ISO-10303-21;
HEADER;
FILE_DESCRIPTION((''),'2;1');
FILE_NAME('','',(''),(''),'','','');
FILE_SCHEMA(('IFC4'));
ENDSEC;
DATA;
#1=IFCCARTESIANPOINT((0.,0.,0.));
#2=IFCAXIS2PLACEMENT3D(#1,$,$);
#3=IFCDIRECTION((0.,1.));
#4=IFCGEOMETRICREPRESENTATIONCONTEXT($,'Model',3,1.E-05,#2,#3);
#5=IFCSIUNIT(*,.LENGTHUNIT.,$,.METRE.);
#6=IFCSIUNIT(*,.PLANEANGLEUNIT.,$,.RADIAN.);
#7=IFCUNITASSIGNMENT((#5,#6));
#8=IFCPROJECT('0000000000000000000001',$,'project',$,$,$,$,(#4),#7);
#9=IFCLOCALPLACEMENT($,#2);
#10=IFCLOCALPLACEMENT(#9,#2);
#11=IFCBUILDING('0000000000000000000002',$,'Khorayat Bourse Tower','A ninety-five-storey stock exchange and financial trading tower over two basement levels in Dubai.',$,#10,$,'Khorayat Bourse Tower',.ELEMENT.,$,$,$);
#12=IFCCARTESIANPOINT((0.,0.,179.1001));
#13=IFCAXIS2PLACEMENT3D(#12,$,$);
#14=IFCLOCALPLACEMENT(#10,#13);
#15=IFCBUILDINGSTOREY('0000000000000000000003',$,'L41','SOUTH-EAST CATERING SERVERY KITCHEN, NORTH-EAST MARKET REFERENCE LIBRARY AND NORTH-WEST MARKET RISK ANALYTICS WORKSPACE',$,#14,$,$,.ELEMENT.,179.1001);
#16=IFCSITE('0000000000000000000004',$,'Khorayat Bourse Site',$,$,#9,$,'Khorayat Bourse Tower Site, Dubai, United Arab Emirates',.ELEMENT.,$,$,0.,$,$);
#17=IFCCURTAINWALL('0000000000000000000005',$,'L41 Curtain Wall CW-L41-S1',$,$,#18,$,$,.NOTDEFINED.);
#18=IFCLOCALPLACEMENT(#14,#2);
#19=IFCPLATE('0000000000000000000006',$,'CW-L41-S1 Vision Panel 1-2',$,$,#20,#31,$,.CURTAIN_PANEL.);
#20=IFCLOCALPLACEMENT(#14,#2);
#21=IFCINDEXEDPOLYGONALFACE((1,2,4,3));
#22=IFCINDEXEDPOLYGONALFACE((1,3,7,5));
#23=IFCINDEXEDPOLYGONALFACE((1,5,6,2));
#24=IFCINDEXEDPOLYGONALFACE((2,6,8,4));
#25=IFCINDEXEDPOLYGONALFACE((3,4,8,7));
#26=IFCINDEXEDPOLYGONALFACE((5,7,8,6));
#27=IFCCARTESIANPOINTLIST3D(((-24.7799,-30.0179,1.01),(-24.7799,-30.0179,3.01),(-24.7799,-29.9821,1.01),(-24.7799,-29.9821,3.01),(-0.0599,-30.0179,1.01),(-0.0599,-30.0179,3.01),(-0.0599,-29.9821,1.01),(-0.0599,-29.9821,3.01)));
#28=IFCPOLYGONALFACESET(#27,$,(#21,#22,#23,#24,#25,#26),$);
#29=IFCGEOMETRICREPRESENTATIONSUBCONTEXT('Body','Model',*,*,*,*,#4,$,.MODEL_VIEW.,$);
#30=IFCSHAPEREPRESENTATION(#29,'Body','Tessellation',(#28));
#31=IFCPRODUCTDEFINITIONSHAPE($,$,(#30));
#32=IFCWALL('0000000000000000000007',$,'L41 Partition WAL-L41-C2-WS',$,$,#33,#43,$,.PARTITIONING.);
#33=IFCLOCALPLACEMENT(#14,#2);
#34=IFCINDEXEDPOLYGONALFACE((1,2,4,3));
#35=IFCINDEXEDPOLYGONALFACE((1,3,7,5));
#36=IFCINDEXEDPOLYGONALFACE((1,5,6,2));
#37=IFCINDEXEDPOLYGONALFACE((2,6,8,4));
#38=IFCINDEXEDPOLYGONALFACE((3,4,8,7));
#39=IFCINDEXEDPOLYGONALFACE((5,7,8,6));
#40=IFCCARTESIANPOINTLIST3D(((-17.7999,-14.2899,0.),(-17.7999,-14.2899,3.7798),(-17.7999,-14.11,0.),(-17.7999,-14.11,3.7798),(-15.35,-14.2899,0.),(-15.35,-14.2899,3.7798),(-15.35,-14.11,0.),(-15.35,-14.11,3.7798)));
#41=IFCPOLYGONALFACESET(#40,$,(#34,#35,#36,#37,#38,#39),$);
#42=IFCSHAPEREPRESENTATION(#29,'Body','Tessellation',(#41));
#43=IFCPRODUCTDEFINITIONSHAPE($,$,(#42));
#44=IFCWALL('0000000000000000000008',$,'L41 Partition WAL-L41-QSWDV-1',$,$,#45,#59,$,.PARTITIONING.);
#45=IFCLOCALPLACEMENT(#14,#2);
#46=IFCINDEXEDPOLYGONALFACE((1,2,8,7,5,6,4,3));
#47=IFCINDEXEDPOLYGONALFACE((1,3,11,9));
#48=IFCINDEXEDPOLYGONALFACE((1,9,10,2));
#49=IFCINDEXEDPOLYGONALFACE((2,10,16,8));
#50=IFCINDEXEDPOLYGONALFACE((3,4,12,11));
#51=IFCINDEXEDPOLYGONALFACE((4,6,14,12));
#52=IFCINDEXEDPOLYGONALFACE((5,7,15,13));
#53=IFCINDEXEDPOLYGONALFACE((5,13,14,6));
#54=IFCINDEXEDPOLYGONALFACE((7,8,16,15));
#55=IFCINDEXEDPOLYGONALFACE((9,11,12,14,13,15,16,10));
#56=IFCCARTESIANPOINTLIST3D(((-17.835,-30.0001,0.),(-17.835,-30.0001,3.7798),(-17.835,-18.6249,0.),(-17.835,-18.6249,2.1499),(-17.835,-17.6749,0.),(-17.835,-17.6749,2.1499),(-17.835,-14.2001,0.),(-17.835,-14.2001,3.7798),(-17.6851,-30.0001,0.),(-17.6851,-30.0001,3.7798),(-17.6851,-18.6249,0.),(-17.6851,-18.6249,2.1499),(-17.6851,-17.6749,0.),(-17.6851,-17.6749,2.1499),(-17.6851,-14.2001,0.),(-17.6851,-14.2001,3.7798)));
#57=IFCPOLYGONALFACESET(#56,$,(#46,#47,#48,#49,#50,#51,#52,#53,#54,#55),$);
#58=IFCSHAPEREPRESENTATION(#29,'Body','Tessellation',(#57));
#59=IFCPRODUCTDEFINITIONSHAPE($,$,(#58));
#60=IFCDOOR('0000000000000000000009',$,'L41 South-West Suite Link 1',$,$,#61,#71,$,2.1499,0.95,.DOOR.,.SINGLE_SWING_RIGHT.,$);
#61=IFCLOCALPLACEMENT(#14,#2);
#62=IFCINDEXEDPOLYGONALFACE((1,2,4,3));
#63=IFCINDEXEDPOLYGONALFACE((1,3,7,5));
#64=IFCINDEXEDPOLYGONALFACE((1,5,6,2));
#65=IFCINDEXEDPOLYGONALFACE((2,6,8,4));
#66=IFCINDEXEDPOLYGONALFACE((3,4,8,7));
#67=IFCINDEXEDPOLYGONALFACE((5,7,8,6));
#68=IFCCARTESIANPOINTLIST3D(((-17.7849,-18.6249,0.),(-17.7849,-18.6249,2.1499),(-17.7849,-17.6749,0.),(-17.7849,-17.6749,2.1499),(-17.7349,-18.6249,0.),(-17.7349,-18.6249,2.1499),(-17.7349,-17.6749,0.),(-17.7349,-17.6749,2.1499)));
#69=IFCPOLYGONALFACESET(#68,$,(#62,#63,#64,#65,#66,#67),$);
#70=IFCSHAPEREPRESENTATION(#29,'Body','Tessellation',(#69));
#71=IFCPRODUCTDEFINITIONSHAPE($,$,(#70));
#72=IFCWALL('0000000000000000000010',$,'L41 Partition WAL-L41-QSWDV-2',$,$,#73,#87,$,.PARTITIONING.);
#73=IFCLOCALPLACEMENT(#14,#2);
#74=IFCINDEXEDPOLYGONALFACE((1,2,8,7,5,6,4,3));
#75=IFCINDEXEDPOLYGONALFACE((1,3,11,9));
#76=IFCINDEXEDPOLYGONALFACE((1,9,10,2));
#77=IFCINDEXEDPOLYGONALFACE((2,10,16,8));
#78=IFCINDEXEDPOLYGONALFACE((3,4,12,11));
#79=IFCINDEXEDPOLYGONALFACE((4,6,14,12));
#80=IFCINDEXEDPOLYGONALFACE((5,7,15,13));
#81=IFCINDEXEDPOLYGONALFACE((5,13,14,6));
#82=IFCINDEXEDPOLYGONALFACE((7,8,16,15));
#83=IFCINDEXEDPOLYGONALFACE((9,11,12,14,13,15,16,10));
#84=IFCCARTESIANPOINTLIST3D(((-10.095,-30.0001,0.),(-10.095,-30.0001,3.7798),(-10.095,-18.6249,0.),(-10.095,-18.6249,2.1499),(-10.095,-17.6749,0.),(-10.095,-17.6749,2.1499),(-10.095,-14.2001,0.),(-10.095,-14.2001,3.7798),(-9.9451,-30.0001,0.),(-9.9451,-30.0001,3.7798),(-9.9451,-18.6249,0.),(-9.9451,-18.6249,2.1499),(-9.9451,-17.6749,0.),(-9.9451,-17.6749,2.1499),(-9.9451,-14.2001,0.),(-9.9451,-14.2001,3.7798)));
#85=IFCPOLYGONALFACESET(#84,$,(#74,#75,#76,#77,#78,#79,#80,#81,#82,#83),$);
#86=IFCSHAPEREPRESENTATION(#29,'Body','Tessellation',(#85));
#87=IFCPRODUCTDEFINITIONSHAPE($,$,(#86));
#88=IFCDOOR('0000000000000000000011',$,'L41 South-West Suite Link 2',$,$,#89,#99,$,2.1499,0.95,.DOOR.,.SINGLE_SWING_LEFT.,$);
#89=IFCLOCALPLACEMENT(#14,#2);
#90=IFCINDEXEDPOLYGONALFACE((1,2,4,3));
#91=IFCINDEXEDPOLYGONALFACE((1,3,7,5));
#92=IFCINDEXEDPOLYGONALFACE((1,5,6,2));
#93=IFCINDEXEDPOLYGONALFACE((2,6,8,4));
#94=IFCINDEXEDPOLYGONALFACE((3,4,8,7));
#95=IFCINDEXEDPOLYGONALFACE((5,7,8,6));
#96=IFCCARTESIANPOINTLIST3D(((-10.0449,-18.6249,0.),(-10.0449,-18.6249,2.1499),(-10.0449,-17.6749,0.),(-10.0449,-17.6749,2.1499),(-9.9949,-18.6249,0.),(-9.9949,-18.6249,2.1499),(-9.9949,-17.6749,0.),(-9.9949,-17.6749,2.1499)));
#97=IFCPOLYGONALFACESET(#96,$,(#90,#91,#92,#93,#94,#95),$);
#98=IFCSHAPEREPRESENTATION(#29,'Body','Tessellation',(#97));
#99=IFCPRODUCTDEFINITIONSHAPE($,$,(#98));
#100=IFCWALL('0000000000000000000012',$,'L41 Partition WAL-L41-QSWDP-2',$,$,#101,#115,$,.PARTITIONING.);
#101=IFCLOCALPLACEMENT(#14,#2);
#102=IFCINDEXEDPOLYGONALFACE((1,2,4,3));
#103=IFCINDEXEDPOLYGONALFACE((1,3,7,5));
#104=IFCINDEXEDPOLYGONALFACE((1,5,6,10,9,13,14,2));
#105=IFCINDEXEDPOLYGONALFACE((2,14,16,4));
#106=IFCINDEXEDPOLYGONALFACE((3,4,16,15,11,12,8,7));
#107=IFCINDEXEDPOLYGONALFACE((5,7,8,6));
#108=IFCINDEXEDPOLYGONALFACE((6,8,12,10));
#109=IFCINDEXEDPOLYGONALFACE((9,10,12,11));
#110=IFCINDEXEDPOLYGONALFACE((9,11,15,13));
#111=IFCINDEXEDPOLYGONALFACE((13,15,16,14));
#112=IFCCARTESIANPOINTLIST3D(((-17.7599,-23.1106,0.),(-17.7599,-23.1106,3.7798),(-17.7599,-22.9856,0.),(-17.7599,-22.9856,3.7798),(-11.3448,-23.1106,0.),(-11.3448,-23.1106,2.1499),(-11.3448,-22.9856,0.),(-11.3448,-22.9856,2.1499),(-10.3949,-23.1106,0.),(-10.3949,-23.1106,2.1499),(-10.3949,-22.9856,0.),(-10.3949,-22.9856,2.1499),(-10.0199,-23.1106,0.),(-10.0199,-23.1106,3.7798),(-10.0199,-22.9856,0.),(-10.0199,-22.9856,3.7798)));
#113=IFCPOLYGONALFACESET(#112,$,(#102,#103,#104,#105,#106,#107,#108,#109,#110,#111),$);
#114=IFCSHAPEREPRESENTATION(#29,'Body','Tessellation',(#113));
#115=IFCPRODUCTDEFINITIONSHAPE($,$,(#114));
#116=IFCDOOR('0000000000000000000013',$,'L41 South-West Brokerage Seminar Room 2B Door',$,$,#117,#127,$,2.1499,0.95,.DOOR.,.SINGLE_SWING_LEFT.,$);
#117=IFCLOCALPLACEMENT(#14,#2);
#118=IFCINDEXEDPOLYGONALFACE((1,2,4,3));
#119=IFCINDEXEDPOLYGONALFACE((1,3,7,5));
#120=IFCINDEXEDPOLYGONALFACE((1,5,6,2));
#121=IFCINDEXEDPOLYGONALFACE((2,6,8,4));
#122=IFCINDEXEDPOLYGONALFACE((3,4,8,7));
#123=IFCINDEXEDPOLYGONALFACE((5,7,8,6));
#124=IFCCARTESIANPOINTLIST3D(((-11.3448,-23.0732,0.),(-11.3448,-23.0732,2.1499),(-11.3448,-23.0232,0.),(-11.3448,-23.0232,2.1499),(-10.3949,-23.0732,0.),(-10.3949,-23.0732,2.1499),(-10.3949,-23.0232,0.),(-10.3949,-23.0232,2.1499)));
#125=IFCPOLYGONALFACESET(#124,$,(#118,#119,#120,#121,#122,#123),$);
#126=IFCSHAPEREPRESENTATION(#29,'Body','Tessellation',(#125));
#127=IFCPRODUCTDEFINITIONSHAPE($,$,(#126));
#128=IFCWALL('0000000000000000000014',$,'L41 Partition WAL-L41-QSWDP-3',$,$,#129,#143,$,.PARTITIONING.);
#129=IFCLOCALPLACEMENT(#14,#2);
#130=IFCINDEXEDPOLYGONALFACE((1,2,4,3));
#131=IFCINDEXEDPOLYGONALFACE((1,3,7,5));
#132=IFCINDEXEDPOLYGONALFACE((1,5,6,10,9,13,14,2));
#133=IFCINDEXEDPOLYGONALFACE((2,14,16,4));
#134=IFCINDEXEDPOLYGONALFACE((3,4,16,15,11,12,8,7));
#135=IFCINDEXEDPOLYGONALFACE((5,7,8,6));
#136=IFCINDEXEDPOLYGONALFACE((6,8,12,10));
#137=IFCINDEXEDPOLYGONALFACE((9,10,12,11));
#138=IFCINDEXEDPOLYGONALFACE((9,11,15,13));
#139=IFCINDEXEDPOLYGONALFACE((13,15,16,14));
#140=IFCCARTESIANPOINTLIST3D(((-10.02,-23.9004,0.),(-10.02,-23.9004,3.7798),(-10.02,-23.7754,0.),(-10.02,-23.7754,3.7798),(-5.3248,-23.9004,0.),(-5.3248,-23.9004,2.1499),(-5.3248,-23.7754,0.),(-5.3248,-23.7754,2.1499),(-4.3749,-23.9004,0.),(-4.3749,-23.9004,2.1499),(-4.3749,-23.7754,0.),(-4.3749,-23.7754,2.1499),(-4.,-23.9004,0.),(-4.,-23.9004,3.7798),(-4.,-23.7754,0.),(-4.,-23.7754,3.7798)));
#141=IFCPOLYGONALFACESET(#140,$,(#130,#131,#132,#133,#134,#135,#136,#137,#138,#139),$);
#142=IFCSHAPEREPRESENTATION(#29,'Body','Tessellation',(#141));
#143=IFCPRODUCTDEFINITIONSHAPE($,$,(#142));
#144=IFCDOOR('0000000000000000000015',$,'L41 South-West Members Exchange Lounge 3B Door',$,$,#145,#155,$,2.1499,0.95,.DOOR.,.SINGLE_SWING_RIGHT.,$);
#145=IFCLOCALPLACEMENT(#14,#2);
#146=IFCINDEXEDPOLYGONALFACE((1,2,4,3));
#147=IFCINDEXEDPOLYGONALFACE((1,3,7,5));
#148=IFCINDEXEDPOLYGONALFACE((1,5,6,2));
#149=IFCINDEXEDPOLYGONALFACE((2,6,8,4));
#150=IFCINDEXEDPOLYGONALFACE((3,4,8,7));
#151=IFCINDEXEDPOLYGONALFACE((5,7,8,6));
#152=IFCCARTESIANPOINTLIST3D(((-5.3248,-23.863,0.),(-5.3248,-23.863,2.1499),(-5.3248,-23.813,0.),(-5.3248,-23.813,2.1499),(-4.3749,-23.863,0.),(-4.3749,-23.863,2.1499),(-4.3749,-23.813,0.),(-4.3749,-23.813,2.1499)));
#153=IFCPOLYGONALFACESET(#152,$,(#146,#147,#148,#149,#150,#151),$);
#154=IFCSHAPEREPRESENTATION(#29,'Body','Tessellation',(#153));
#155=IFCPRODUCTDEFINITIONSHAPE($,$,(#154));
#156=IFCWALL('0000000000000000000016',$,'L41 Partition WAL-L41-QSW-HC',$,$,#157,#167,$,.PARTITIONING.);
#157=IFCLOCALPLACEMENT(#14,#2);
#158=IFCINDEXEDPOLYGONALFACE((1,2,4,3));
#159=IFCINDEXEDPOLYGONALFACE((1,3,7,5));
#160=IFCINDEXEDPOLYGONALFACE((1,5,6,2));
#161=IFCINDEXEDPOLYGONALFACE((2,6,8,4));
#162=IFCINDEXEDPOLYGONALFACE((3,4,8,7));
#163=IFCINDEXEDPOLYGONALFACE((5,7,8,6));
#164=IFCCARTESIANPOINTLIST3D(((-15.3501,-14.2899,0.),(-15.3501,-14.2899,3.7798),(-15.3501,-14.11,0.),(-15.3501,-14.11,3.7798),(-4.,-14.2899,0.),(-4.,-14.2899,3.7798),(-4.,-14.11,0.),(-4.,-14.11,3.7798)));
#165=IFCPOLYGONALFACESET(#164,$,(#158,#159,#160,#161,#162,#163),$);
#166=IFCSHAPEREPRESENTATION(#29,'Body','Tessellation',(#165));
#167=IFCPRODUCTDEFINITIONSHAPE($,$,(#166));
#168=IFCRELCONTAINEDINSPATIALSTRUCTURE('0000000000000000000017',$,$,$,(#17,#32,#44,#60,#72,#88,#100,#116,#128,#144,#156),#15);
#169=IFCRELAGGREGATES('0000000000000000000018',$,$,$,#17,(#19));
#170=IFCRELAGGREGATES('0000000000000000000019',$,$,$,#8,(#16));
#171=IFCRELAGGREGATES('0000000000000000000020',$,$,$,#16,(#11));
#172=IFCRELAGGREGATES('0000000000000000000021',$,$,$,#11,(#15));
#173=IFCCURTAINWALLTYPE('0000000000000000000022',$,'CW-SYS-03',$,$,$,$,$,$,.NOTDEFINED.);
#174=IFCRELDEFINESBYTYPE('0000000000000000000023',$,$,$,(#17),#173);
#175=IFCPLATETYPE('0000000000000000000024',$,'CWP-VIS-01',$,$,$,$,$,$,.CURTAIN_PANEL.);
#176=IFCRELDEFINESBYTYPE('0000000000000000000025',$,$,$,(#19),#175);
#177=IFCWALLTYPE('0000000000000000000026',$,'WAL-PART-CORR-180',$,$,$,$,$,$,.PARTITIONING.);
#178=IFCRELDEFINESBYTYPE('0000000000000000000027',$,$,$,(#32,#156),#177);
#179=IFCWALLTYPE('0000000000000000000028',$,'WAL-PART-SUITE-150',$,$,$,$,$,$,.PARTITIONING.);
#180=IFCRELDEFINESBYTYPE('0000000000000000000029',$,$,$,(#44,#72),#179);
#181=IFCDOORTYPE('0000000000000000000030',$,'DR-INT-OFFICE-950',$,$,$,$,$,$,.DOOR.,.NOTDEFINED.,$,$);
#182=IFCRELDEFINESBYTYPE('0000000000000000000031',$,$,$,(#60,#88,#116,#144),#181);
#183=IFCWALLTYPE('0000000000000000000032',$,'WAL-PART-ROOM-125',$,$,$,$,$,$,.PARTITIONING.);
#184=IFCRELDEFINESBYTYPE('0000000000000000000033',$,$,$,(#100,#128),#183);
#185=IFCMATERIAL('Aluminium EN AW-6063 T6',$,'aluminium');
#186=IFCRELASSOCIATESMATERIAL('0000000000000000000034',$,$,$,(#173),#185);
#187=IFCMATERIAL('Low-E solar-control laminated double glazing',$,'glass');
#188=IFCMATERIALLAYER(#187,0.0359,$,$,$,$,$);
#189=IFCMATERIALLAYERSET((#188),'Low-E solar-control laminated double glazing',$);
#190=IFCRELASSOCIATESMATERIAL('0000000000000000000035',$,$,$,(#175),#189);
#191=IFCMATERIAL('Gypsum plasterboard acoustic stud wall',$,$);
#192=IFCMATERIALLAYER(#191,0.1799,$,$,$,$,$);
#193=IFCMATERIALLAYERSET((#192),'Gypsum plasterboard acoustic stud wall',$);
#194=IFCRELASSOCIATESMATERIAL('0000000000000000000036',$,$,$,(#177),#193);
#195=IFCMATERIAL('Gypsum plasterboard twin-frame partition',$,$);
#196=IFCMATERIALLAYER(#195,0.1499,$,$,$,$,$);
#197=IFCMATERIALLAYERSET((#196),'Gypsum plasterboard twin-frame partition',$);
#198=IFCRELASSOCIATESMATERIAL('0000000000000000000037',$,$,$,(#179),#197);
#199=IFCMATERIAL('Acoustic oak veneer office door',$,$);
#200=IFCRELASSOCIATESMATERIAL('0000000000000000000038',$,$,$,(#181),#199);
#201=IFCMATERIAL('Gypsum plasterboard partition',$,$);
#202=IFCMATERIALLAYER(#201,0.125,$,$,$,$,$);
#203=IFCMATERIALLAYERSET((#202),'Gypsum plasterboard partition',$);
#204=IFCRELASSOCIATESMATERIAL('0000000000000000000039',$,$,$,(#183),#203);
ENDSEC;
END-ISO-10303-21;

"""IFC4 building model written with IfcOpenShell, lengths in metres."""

from ifc_helpers import new_model, si_unit, direction, frame, frame_2d, origin, origin_2d, place, context, subcontext, project, spatial, rectangle, extrude, source, transform, mapped, material, layer, layer_set, type_object, element, fill, aggregate, save


model = new_model("IFC4")

# Units and contexts
model_context = context("Model", 3, precision=1e-05, world=origin(), true_north=direction((0.0, 1.0)))
body_context = subcontext(model_context, "Body", "Model", "MODEL_VIEW")
ifc_project = project(units=[si_unit("LENGTHUNIT", "METRE"), si_unit("PLANEANGLEUNIT", "RADIAN")], contexts=[model_context])

# Site, building, storey
site_placement = place(None, origin())
site = spatial("IfcSite", under=ifc_project, at=site_placement, Name="Khorayat Bourse Site", LongName="Khorayat Bourse Tower Site, Dubai, United Arab Emirates", CompositionType="ELEMENT", RefElevation=0.0)
building_placement = place(site_placement, origin())
building = spatial("IfcBuilding", under=site, at=building_placement, Name="Khorayat Bourse Tower", Description="A ninety-five-storey stock exchange and financial trading tower over two basement levels in Dubai.", LongName="Khorayat Bourse Tower", CompositionType="ELEMENT")
storey_placement = place(building_placement, frame((0.0, 0.0, 179.1001)))
storey = spatial("IfcBuildingStorey", under=building, at=storey_placement, Name="L41", Description="SOUTH-EAST CATERING SERVERY KITCHEN, NORTH-EAST MARKET REFERENCE LIBRARY AND NORTH-WEST MARKET RISK ANALYTICS WORKSPACE", CompositionType="ELEMENT", Elevation=179.1001)

# Curtain wall
ifc_material_1 = material(Name="Aluminium EN AW-6063 T6", Category="aluminium")
curtain_wall_type = type_object("IfcCurtainWallType", Name="CW-SYS-03", PredefinedType="NOTDEFINED", material=ifc_material_1)
curtain_wall_placement = place(storey_placement, origin())
curtain_wall = element("IfcCurtainWall", 1, at=curtain_wall_placement, inside=storey, type_object=curtain_wall_type, Name="L41 Curtain Wall CW-L41-S1", PredefinedType="NOTDEFINED")

# Plate
ifc_material_2 = material(Name="Low-E solar-control laminated double glazing", Category="glass")
ifc_layer_1 = layer(ifc_material_2, 0.0359)
ifc_layer_set_1 = layer_set([ifc_layer_1], Name="Low-E solar-control laminated double glazing")
plate_type_1 = type_object("IfcPlateType", Name="CWP-VIS-01", PredefinedType="CURTAIN_PANEL", material=ifc_layer_set_1)
shared_shape_1 = source(origin(), body_context, "Body", "SweptSolid", [
    extrude(rectangle(XDim=24.72, YDim=0.0359, at=origin_2d()), origin(), (0.0, 0.0, 1.0), 2.0),
])
plate_1_placement = place(storey_placement, frame((-12.4199, -30.0, 1.01), z_axis=(0.0, 0.0, 1.0), x_axis=(1.0, 0.0, 0.0)))
plate_1 = element("IfcPlate", 2, at=plate_1_placement, type_object=plate_type_1, Name="CW-L41-S1 Vision Panel 1-2", PredefinedType="CURTAIN_PANEL", context=body_context, shape_type="MappedRepresentation", body=[
    mapped(shared_shape_1, transform((0.0, 0.0, 0.0), scale=1.0)),
])
aggregate(curtain_wall, [plate_1])

# Wall
ifc_material_3 = material(Name="Gypsum plasterboard acoustic stud wall")
ifc_layer_2 = layer(ifc_material_3, 0.1799)
ifc_layer_set_2 = layer_set([ifc_layer_2], Name="Gypsum plasterboard acoustic stud wall")
wall_type_1 = type_object("IfcWallType", Name="WAL-PART-CORR-180", PredefinedType="PARTITIONING", material=ifc_layer_set_2)
shared_shape_2 = source(origin(), body_context, "Body", "SweptSolid", [
    extrude(rectangle(XDim=2.45, YDim=0.1799, at=frame_2d((1.2251, 0.0))), origin(), (0.0, 0.0, 1.0), 3.7798),
])
wall_1_placement = place(storey_placement, frame((-17.8, -14.2, 0.0), z_axis=(0.0, 0.0, 1.0), x_axis=(1.0, 0.0, 0.0)))
element("IfcWall", 3, at=wall_1_placement, inside=storey, type_object=wall_type_1, Name="L41 Partition WAL-L41-C2-WS", PredefinedType="PARTITIONING", context=body_context, shape_type="MappedRepresentation", body=[
    mapped(shared_shape_2, transform((0.0, 0.0, 0.0), scale=1.0)),
])

# Walls, openings, doors
ifc_material_4 = material(Name="Gypsum plasterboard twin-frame partition")
ifc_layer_3 = layer(ifc_material_4, 0.1499)
ifc_layer_set_3 = layer_set([ifc_layer_3], Name="Gypsum plasterboard twin-frame partition")
wall_type_2 = type_object("IfcWallType", Name="WAL-PART-SUITE-150", PredefinedType="PARTITIONING", material=ifc_layer_set_3)
shared_shape_3 = source(origin(), body_context, "Body", "SweptSolid", [
    extrude(rectangle(XDim=15.8, YDim=0.1499, at=frame_2d((7.8999, 0.0))), origin(), (0.0, 0.0, 1.0), 3.7798),
])
wall_2_placement = place(storey_placement, frame((-17.76, -30.0, 0.0), z_axis=(0.0, 0.0, 1.0), x_axis=(0.0, 1.0, 0.0)))
wall_2 = element("IfcWall", 4, at=wall_2_placement, inside=storey, type_object=wall_type_2, Name="L41 Partition WAL-L41-QSWDV-1", PredefinedType="PARTITIONING", context=body_context, shape_type="MappedRepresentation", body=[
    mapped(shared_shape_3, transform((0.0, 0.0, 0.0), scale=1.0)),
])
shared_shape_4 = source(origin(), body_context, "Body", "SweptSolid", [
    extrude(rectangle(XDim=0.95, YDim=2.1499, at=frame_2d((0.4751, 1.075))), frame((0.0, 0.085, 0.0), z_axis=(0.0, -1.0, 0.0), x_axis=(1.0, 0.0, 0.0)), (0.0, 0.0, 1.0), 0.1699),
])
opening_1_placement = place(wall_2_placement, frame((11.375, 0.0, 0.0)))
opening_1 = element("IfcOpeningElement", 5, at=opening_1_placement, cuts=wall_2, PredefinedType="OPENING", context=body_context, shape_type="MappedRepresentation", body=[
    mapped(shared_shape_4, transform((0.0, 0.0, 0.0), scale=1.0)),
])
ifc_material_5 = material(Name="Acoustic oak veneer office door")
door_type = type_object("IfcDoorType", Name="DR-INT-OFFICE-950", OperationType="NOTDEFINED", PredefinedType="DOOR", material=ifc_material_5)
shared_shape_5 = source(origin(), body_context, "Body", "SweptSolid", [
    extrude(rectangle(XDim=0.95, YDim=2.1499, at=frame_2d((0.4751, 1.075))), frame((0.0, 0.0249, 0.0), z_axis=(0.0, -1.0, 0.0), x_axis=(1.0, 0.0, 0.0)), (0.0, 0.0, 1.0), 0.05),
])
door_1_placement = place(opening_1_placement, origin())
door_1 = element("IfcDoor", 6, at=door_1_placement, inside=storey, type_object=door_type, Name="L41 South-West Suite Link 1", OperationType="SINGLE_SWING_RIGHT", OverallHeight=2.1499, OverallWidth=0.95, PredefinedType="DOOR", context=body_context, shape_type="MappedRepresentation", body=[
    mapped(shared_shape_5, transform((0.0, 0.0, 0.0), scale=1.0)),
])
fill(opening_1, door_1)
wall_3_placement = place(storey_placement, frame((-10.02, -30.0, 0.0), z_axis=(0.0, 0.0, 1.0), x_axis=(0.0, 1.0, 0.0)))
wall_3 = element("IfcWall", 7, at=wall_3_placement, inside=storey, type_object=wall_type_2, Name="L41 Partition WAL-L41-QSWDV-2", PredefinedType="PARTITIONING", context=body_context, shape_type="MappedRepresentation", body=[
    mapped(shared_shape_3, transform((0.0, 0.0, 0.0), scale=1.0)),
])
opening_2_placement = place(wall_3_placement, frame((11.375, 0.0, 0.0)))
opening_2 = element("IfcOpeningElement", 8, at=opening_2_placement, cuts=wall_3, PredefinedType="OPENING", context=body_context, shape_type="MappedRepresentation", body=[
    mapped(shared_shape_4, transform((0.0, 0.0, 0.0), scale=1.0)),
])
door_2_placement = place(opening_2_placement, origin())
door_2 = element("IfcDoor", 9, at=door_2_placement, inside=storey, type_object=door_type, Name="L41 South-West Suite Link 2", OperationType="SINGLE_SWING_LEFT", OverallHeight=2.1499, OverallWidth=0.95, PredefinedType="DOOR", context=body_context, shape_type="MappedRepresentation", body=[
    mapped(shared_shape_5, transform((0.0, 0.0, 0.0), scale=1.0)),
])
fill(opening_2, door_2)
ifc_material_6 = material(Name="Gypsum plasterboard partition")
ifc_layer_4 = layer(ifc_material_6, 0.125)
ifc_layer_set_4 = layer_set([ifc_layer_4], Name="Gypsum plasterboard partition")
wall_type_3 = type_object("IfcWallType", Name="WAL-PART-ROOM-125", PredefinedType="PARTITIONING", material=ifc_layer_set_4)
shared_shape_6 = source(origin(), body_context, "Body", "SweptSolid", [
    extrude(rectangle(XDim=7.74, YDim=0.125, at=frame_2d((3.8701, 0.0))), origin(), (0.0, 0.0, 1.0), 3.7798),
])
wall_4_placement = place(storey_placement, frame((-17.76, -23.0481, 0.0), z_axis=(0.0, 0.0, 1.0), x_axis=(1.0, 0.0, 0.0)))
wall_4 = element("IfcWall", 10, at=wall_4_placement, inside=storey, type_object=wall_type_3, Name="L41 Partition WAL-L41-QSWDP-2", PredefinedType="PARTITIONING", context=body_context, shape_type="MappedRepresentation", body=[
    mapped(shared_shape_6, transform((0.0, 0.0, 0.0), scale=1.0)),
])
shared_shape_7 = source(origin(), body_context, "Body", "SweptSolid", [
    extrude(rectangle(XDim=0.95, YDim=2.1499, at=frame_2d((0.4751, 1.075))), frame((0.0, 0.0725, 0.0), z_axis=(0.0, -1.0, 0.0), x_axis=(1.0, 0.0, 0.0)), (0.0, 0.0, 1.0), 0.145),
])
opening_3_placement = place(wall_4_placement, frame((6.415, 0.0, 0.0)))
opening_3 = element("IfcOpeningElement", 11, at=opening_3_placement, cuts=wall_4, PredefinedType="OPENING", context=body_context, shape_type="MappedRepresentation", body=[
    mapped(shared_shape_7, transform((0.0, 0.0, 0.0), scale=1.0)),
])
door_3_placement = place(opening_3_placement, origin())
door_3 = element("IfcDoor", 12, at=door_3_placement, inside=storey, type_object=door_type, Name="L41 South-West Brokerage Seminar Room 2B Door", OperationType="SINGLE_SWING_LEFT", OverallHeight=2.1499, OverallWidth=0.95, PredefinedType="DOOR", context=body_context, shape_type="MappedRepresentation", body=[
    mapped(shared_shape_5, transform((0.0, 0.0, 0.0), scale=1.0)),
])
fill(opening_3, door_3)
shared_shape_8 = source(origin(), body_context, "Body", "SweptSolid", [
    extrude(rectangle(XDim=6.02, YDim=0.125, at=frame_2d((3.01, 0.0))), origin(), (0.0, 0.0, 1.0), 3.7798),
])
wall_5_placement = place(storey_placement, frame((-10.02, -23.8379, 0.0), z_axis=(0.0, 0.0, 1.0), x_axis=(1.0, 0.0, 0.0)))
wall_5 = element("IfcWall", 13, at=wall_5_placement, inside=storey, type_object=wall_type_3, Name="L41 Partition WAL-L41-QSWDP-3", PredefinedType="PARTITIONING", context=body_context, shape_type="MappedRepresentation", body=[
    mapped(shared_shape_8, transform((0.0, 0.0, 0.0), scale=1.0)),
])
opening_4_placement = place(wall_5_placement, frame((4.6951, 0.0, 0.0)))
opening_4 = element("IfcOpeningElement", 14, at=opening_4_placement, cuts=wall_5, PredefinedType="OPENING", context=body_context, shape_type="MappedRepresentation", body=[
    mapped(shared_shape_7, transform((0.0, 0.0, 0.0), scale=1.0)),
])
door_4_placement = place(opening_4_placement, origin())
door_4 = element("IfcDoor", 15, at=door_4_placement, inside=storey, type_object=door_type, Name="L41 South-West Members Exchange Lounge 3B Door", OperationType="SINGLE_SWING_RIGHT", OverallHeight=2.1499, OverallWidth=0.95, PredefinedType="DOOR", context=body_context, shape_type="MappedRepresentation", body=[
    mapped(shared_shape_5, transform((0.0, 0.0, 0.0), scale=1.0)),
])
fill(opening_4, door_4)

# Wall
shared_shape_9 = source(origin(), body_context, "Body", "SweptSolid", [
    extrude(rectangle(XDim=11.3501, YDim=0.1799, at=frame_2d((5.675, 0.0))), origin(), (0.0, 0.0, 1.0), 3.7798),
])
wall_6_placement = place(storey_placement, frame((-15.3501, -14.2, 0.0), z_axis=(0.0, 0.0, 1.0), x_axis=(1.0, 0.0, 0.0)))
element("IfcWall", 16, at=wall_6_placement, inside=storey, type_object=wall_type_1, Name="L41 Partition WAL-L41-QSW-HC", PredefinedType="PARTITIONING", context=body_context, shape_type="MappedRepresentation", body=[
    mapped(shared_shape_9, transform((0.0, 0.0, 0.0), scale=1.0)),
])

save(model, "model.ifc")
